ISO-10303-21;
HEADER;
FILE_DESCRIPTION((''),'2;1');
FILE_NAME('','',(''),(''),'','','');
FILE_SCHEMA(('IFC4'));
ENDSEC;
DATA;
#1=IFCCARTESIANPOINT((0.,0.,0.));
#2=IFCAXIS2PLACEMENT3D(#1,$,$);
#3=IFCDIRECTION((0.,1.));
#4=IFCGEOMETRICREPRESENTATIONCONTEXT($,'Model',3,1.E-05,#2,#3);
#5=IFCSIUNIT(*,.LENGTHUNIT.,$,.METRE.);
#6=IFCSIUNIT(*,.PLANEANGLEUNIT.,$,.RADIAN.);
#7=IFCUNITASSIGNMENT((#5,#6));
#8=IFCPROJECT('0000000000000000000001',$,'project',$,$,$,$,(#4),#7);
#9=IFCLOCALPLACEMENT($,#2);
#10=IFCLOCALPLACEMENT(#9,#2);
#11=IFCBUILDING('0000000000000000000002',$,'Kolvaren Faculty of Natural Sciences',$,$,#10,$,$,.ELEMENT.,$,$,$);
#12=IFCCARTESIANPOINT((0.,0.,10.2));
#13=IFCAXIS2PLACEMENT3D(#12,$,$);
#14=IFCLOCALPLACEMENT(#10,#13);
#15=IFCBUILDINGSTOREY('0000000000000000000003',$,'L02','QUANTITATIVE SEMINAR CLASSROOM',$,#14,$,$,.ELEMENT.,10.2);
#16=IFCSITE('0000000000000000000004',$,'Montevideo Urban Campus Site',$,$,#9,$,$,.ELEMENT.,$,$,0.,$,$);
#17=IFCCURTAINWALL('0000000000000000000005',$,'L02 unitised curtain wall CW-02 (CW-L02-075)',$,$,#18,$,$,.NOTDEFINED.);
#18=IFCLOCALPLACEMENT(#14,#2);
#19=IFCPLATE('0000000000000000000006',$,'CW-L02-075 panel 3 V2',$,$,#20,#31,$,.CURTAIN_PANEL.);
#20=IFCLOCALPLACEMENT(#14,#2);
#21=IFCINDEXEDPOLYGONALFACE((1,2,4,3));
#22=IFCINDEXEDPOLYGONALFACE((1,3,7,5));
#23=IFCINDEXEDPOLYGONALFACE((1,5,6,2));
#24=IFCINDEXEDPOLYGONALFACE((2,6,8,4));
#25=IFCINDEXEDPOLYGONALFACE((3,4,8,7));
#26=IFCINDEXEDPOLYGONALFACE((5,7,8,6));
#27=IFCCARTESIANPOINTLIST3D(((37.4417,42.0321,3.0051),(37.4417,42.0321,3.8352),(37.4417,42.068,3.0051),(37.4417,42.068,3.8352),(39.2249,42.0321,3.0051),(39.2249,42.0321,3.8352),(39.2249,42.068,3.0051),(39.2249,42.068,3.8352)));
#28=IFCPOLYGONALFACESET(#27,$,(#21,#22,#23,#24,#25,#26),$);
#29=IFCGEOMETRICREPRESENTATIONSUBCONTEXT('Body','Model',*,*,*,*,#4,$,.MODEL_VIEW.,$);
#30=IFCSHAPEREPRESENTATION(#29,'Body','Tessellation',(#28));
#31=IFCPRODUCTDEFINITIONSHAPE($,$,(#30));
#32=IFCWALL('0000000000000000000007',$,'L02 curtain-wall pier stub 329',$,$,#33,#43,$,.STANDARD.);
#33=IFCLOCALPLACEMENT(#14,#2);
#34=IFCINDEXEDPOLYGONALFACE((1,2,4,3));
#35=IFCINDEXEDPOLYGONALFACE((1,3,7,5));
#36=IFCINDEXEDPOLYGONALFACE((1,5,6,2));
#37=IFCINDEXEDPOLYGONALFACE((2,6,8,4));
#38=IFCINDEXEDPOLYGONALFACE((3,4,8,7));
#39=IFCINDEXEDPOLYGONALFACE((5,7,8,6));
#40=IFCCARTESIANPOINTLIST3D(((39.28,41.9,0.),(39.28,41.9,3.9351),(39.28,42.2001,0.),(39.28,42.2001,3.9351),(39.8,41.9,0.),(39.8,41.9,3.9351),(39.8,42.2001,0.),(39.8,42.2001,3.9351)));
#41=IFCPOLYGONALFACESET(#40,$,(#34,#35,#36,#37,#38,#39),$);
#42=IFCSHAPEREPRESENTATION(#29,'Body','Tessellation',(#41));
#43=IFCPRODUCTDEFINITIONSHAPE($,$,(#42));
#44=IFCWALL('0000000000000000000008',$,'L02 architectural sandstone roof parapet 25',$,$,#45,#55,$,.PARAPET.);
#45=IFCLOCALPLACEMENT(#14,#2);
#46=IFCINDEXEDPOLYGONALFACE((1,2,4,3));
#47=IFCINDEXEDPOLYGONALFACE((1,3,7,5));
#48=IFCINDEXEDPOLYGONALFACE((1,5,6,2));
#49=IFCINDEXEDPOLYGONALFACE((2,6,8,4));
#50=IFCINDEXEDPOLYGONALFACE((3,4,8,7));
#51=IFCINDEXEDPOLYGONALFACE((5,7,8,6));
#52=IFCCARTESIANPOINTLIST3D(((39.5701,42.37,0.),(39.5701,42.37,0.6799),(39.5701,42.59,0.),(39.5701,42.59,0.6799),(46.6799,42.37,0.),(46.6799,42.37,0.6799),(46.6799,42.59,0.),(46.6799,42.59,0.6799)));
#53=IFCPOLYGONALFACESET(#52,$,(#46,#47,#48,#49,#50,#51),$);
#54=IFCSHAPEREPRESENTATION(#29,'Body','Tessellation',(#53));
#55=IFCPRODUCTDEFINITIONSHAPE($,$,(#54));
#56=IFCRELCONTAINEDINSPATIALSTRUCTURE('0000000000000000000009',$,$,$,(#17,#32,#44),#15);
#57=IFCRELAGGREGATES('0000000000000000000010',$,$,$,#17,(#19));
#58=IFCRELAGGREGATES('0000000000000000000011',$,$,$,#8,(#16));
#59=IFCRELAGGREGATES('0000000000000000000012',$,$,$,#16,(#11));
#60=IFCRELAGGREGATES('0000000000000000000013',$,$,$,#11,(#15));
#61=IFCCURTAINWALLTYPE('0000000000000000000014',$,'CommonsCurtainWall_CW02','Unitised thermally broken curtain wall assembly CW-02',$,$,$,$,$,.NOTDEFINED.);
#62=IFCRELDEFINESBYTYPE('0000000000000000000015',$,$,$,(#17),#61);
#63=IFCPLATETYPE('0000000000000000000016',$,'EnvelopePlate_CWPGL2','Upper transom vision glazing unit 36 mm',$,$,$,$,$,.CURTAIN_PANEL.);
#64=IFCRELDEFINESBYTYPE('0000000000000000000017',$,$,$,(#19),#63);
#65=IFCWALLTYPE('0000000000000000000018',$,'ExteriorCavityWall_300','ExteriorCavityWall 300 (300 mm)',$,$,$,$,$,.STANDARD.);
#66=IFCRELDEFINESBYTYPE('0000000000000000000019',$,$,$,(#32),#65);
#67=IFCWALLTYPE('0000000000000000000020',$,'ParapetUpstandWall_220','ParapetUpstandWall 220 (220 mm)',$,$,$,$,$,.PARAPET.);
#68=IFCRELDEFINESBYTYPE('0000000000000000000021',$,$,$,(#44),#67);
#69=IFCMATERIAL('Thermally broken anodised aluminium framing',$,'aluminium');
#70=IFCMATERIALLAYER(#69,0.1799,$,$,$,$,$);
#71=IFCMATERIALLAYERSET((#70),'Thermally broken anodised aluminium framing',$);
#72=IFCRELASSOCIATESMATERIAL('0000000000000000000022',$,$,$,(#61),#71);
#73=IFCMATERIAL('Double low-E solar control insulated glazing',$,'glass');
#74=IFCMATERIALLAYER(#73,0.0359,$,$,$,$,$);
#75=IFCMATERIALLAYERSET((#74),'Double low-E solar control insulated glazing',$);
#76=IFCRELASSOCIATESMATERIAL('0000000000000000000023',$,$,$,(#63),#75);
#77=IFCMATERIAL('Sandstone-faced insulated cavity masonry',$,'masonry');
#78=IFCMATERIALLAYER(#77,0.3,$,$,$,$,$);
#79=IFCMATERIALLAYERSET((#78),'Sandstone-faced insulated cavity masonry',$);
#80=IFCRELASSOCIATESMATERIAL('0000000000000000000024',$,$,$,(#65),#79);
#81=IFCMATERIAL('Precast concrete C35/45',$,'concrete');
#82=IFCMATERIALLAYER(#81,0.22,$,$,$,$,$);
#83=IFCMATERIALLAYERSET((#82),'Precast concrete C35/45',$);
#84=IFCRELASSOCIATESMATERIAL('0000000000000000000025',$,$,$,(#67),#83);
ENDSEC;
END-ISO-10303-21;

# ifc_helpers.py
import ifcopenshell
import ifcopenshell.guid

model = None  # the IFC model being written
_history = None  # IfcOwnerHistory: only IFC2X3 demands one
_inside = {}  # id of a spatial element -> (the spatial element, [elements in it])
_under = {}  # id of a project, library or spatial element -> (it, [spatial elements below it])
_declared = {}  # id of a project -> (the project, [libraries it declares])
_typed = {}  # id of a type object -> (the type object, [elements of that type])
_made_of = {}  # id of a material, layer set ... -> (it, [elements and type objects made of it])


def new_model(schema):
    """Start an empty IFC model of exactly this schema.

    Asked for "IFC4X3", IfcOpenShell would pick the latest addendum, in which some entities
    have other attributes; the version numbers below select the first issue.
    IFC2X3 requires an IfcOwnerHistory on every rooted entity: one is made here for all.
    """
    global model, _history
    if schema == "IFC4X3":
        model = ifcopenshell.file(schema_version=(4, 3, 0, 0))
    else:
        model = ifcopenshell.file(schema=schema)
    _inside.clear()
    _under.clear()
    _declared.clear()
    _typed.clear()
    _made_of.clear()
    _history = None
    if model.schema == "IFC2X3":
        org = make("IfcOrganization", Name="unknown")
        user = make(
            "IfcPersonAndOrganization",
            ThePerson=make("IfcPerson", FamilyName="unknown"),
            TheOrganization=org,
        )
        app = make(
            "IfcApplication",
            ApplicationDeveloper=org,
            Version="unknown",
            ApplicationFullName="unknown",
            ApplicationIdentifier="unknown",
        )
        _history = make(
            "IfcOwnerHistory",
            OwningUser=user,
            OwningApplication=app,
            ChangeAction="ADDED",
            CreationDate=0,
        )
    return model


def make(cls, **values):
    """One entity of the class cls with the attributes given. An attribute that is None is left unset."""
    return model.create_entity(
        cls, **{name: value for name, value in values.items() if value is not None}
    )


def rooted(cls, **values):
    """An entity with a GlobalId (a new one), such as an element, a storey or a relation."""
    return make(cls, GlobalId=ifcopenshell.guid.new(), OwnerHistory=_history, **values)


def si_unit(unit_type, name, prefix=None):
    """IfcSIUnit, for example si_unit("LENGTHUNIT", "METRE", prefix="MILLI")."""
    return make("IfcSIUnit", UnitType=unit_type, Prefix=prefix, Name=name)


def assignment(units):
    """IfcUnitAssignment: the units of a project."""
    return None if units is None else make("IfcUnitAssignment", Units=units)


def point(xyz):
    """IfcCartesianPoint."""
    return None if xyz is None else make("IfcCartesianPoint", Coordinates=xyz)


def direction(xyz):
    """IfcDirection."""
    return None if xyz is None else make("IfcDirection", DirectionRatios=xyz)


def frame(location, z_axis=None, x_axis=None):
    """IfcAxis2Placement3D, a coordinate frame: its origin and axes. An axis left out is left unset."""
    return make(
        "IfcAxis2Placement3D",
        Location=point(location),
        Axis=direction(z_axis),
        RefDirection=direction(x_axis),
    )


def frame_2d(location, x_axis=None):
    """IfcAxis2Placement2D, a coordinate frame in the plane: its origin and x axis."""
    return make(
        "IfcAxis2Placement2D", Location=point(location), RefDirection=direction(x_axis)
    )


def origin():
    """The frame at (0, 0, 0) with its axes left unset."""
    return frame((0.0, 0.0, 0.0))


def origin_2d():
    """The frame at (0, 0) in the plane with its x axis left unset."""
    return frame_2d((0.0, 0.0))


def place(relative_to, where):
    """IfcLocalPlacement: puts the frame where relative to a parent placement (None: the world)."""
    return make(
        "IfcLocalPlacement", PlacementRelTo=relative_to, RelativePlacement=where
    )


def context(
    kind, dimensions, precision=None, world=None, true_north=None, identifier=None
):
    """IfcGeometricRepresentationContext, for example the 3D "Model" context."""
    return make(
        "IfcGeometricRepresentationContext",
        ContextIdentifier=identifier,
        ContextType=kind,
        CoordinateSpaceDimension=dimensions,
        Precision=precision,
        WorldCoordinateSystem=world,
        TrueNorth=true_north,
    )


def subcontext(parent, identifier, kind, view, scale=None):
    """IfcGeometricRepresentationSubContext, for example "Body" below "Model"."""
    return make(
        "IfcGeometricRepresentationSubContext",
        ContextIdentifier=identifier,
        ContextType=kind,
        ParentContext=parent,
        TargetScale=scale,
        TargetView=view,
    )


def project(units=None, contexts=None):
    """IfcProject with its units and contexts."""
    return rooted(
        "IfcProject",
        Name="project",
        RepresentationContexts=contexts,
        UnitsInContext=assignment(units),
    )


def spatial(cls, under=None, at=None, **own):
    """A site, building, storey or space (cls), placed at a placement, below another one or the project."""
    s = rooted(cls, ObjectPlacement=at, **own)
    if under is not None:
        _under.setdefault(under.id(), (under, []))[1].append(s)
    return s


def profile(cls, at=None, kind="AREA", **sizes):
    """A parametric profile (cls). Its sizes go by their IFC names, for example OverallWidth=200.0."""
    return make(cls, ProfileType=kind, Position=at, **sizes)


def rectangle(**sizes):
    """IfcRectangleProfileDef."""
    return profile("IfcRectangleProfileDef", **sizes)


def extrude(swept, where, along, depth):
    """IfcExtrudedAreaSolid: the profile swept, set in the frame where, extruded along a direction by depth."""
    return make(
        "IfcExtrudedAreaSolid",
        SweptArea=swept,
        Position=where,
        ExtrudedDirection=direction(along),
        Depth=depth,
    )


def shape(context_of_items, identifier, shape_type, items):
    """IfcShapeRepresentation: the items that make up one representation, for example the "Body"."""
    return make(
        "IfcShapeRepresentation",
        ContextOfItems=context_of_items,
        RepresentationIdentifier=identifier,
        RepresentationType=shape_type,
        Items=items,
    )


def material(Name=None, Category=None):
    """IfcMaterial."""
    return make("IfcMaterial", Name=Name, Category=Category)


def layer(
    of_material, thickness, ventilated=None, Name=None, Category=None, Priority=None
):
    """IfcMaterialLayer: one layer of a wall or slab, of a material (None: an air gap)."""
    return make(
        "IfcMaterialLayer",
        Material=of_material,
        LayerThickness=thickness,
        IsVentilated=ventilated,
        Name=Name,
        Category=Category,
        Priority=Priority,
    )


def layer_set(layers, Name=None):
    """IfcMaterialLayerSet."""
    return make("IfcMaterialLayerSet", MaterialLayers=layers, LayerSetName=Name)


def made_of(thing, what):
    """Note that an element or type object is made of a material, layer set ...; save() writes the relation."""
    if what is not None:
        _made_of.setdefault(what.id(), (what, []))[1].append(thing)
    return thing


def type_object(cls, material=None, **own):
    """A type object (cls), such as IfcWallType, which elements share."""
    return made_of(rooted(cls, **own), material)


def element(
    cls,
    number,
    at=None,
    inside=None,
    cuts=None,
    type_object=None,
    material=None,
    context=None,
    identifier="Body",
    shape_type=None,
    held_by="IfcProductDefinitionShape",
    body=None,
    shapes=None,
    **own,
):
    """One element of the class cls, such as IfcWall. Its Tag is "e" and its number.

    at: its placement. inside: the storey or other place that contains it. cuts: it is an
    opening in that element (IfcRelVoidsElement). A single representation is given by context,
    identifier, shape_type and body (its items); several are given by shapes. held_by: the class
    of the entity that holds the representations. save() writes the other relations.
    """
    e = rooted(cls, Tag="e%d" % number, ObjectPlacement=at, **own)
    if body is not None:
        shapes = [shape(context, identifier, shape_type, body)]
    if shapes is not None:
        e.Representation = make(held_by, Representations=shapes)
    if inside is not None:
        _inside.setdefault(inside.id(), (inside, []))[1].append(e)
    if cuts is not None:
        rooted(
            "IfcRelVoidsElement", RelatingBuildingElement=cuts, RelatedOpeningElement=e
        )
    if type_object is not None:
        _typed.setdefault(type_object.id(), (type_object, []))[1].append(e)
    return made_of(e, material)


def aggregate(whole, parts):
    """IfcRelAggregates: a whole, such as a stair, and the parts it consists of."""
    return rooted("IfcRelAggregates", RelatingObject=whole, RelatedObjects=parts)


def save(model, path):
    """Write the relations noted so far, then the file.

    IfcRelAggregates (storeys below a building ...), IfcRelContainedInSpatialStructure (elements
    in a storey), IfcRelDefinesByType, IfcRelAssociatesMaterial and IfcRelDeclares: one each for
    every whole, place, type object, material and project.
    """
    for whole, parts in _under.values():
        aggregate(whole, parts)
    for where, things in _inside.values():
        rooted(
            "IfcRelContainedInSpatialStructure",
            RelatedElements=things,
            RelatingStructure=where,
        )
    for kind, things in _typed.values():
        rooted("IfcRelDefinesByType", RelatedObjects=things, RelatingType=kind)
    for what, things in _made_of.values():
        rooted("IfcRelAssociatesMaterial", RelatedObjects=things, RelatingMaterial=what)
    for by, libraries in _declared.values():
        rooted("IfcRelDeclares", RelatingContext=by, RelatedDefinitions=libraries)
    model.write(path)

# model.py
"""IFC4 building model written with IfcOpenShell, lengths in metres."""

from ifc_helpers import new_model, si_unit, direction, frame, frame_2d, origin, origin_2d, place, context, subcontext, project, spatial, rectangle, extrude, material, layer, layer_set, type_object, element, aggregate, save


model = new_model("IFC4")

# Units and contexts
model_context = context("Model", 3, precision=1e-05, world=origin(), true_north=direction((0.0, 1.0)))
body_context = subcontext(model_context, "Body", "Model", "MODEL_VIEW")
ifc_project = project(units=[si_unit("LENGTHUNIT", "METRE"), si_unit("PLANEANGLEUNIT", "RADIAN")], contexts=[model_context])

# Site, building, storey
site_placement = place(None, origin())
site = spatial("IfcSite", under=ifc_project, at=site_placement, Name="Montevideo Urban Campus Site", CompositionType="ELEMENT", RefElevation=0.0)
building_placement = place(site_placement, origin())
building = spatial("IfcBuilding", under=site, at=building_placement, Name="Kolvaren Faculty of Natural Sciences", CompositionType="ELEMENT")
storey_placement = place(building_placement, frame((0.0, 0.0, 10.2)))
storey = spatial("IfcBuildingStorey", under=building, at=storey_placement, Name="L02", Description="QUANTITATIVE SEMINAR CLASSROOM", CompositionType="ELEMENT", Elevation=10.2)

# Curtain wall
ifc_material_1 = material(Name="Thermally broken anodised aluminium framing", Category="aluminium")
ifc_layer_1 = layer(ifc_material_1, 0.1799)
ifc_layer_set_1 = layer_set([ifc_layer_1], Name="Thermally broken anodised aluminium framing")
curtain_wall_type = type_object("IfcCurtainWallType", Name="CommonsCurtainWall_CW02", Description="Unitised thermally broken curtain wall assembly CW-02", PredefinedType="NOTDEFINED", material=ifc_layer_set_1)
curtain_wall_placement = place(storey_placement, origin())
curtain_wall = element("IfcCurtainWall", 1, at=curtain_wall_placement, inside=storey, type_object=curtain_wall_type, Name="L02 unitised curtain wall CW-02 (CW-L02-075)", PredefinedType="NOTDEFINED")

# Plate
ifc_material_2 = material(Name="Double low-E solar control insulated glazing", Category="glass")
ifc_layer_2 = layer(ifc_material_2, 0.0359)
ifc_layer_set_2 = layer_set([ifc_layer_2], Name="Double low-E solar control insulated glazing")
plate_type_1 = type_object("IfcPlateType", Name="EnvelopePlate_CWPGL2", Description="Upper transom vision glazing unit 36 mm", PredefinedType="CURTAIN_PANEL", material=ifc_layer_set_2)
plate_1_placement = place(storey_placement, frame((38.3333, 42.05, 3.0051), z_axis=(0.0, 0.0, 1.0), x_axis=(1.0, 0.0, 0.0)))
plate_1 = element("IfcPlate", 2, at=plate_1_placement, type_object=plate_type_1, Name="CW-L02-075 panel 3 V2", PredefinedType="CURTAIN_PANEL", context=body_context, shape_type="SweptSolid", body=[
    extrude(rectangle(XDim=1.7832, YDim=0.0359, at=origin_2d()), origin(), (0.0, 0.0, 1.0), 0.8301),
])
aggregate(curtain_wall, [plate_1])

# Walls
ifc_material_3 = material(Name="Sandstone-faced insulated cavity masonry", Category="masonry")
ifc_layer_3 = layer(ifc_material_3, 0.3)
ifc_layer_set_3 = layer_set([ifc_layer_3], Name="Sandstone-faced insulated cavity masonry")
wall_type_1 = type_object("IfcWallType", Name="ExteriorCavityWall_300", Description="ExteriorCavityWall 300 (300 mm)", PredefinedType="STANDARD", material=ifc_layer_set_3)
wall_1_placement = place(storey_placement, frame((39.28, 42.05, 0.0), z_axis=(0.0, 0.0, 1.0), x_axis=(1.0, 0.0, 0.0)))
element("IfcWall", 3, at=wall_1_placement, inside=storey, type_object=wall_type_1, Name="L02 curtain-wall pier stub 329", PredefinedType="STANDARD", context=body_context, shape_type="SweptSolid", body=[
    extrude(rectangle(XDim=0.52, YDim=0.3, at=frame_2d((0.26, 0.0))), origin(), (0.0, 0.0, 1.0), 3.9351),
])
ifc_material_4 = material(Name="Precast concrete C35/45", Category="concrete")
ifc_layer_4 = layer(ifc_material_4, 0.22)
ifc_layer_set_4 = layer_set([ifc_layer_4], Name="Precast concrete C35/45")
wall_type_2 = type_object("IfcWallType", Name="ParapetUpstandWall_220", Description="ParapetUpstandWall 220 (220 mm)", PredefinedType="PARAPET", material=ifc_layer_set_4)
wall_2_placement = place(storey_placement, frame((39.5701, 42.48, 0.0), z_axis=(0.0, 0.0, 1.0), x_axis=(1.0, 0.0, 0.0)))
element("IfcWall", 4, at=wall_2_placement, inside=storey, type_object=wall_type_2, Name="L02 architectural sandstone roof parapet 25", PredefinedType="PARAPET", context=body_context, shape_type="SweptSolid", body=[
    extrude(rectangle(XDim=7.1099, YDim=0.22, at=frame_2d((3.5549, 0.0))), origin(), (0.0, 0.0, 1.0), 0.6799),
])

save(model, "model.ifc")
